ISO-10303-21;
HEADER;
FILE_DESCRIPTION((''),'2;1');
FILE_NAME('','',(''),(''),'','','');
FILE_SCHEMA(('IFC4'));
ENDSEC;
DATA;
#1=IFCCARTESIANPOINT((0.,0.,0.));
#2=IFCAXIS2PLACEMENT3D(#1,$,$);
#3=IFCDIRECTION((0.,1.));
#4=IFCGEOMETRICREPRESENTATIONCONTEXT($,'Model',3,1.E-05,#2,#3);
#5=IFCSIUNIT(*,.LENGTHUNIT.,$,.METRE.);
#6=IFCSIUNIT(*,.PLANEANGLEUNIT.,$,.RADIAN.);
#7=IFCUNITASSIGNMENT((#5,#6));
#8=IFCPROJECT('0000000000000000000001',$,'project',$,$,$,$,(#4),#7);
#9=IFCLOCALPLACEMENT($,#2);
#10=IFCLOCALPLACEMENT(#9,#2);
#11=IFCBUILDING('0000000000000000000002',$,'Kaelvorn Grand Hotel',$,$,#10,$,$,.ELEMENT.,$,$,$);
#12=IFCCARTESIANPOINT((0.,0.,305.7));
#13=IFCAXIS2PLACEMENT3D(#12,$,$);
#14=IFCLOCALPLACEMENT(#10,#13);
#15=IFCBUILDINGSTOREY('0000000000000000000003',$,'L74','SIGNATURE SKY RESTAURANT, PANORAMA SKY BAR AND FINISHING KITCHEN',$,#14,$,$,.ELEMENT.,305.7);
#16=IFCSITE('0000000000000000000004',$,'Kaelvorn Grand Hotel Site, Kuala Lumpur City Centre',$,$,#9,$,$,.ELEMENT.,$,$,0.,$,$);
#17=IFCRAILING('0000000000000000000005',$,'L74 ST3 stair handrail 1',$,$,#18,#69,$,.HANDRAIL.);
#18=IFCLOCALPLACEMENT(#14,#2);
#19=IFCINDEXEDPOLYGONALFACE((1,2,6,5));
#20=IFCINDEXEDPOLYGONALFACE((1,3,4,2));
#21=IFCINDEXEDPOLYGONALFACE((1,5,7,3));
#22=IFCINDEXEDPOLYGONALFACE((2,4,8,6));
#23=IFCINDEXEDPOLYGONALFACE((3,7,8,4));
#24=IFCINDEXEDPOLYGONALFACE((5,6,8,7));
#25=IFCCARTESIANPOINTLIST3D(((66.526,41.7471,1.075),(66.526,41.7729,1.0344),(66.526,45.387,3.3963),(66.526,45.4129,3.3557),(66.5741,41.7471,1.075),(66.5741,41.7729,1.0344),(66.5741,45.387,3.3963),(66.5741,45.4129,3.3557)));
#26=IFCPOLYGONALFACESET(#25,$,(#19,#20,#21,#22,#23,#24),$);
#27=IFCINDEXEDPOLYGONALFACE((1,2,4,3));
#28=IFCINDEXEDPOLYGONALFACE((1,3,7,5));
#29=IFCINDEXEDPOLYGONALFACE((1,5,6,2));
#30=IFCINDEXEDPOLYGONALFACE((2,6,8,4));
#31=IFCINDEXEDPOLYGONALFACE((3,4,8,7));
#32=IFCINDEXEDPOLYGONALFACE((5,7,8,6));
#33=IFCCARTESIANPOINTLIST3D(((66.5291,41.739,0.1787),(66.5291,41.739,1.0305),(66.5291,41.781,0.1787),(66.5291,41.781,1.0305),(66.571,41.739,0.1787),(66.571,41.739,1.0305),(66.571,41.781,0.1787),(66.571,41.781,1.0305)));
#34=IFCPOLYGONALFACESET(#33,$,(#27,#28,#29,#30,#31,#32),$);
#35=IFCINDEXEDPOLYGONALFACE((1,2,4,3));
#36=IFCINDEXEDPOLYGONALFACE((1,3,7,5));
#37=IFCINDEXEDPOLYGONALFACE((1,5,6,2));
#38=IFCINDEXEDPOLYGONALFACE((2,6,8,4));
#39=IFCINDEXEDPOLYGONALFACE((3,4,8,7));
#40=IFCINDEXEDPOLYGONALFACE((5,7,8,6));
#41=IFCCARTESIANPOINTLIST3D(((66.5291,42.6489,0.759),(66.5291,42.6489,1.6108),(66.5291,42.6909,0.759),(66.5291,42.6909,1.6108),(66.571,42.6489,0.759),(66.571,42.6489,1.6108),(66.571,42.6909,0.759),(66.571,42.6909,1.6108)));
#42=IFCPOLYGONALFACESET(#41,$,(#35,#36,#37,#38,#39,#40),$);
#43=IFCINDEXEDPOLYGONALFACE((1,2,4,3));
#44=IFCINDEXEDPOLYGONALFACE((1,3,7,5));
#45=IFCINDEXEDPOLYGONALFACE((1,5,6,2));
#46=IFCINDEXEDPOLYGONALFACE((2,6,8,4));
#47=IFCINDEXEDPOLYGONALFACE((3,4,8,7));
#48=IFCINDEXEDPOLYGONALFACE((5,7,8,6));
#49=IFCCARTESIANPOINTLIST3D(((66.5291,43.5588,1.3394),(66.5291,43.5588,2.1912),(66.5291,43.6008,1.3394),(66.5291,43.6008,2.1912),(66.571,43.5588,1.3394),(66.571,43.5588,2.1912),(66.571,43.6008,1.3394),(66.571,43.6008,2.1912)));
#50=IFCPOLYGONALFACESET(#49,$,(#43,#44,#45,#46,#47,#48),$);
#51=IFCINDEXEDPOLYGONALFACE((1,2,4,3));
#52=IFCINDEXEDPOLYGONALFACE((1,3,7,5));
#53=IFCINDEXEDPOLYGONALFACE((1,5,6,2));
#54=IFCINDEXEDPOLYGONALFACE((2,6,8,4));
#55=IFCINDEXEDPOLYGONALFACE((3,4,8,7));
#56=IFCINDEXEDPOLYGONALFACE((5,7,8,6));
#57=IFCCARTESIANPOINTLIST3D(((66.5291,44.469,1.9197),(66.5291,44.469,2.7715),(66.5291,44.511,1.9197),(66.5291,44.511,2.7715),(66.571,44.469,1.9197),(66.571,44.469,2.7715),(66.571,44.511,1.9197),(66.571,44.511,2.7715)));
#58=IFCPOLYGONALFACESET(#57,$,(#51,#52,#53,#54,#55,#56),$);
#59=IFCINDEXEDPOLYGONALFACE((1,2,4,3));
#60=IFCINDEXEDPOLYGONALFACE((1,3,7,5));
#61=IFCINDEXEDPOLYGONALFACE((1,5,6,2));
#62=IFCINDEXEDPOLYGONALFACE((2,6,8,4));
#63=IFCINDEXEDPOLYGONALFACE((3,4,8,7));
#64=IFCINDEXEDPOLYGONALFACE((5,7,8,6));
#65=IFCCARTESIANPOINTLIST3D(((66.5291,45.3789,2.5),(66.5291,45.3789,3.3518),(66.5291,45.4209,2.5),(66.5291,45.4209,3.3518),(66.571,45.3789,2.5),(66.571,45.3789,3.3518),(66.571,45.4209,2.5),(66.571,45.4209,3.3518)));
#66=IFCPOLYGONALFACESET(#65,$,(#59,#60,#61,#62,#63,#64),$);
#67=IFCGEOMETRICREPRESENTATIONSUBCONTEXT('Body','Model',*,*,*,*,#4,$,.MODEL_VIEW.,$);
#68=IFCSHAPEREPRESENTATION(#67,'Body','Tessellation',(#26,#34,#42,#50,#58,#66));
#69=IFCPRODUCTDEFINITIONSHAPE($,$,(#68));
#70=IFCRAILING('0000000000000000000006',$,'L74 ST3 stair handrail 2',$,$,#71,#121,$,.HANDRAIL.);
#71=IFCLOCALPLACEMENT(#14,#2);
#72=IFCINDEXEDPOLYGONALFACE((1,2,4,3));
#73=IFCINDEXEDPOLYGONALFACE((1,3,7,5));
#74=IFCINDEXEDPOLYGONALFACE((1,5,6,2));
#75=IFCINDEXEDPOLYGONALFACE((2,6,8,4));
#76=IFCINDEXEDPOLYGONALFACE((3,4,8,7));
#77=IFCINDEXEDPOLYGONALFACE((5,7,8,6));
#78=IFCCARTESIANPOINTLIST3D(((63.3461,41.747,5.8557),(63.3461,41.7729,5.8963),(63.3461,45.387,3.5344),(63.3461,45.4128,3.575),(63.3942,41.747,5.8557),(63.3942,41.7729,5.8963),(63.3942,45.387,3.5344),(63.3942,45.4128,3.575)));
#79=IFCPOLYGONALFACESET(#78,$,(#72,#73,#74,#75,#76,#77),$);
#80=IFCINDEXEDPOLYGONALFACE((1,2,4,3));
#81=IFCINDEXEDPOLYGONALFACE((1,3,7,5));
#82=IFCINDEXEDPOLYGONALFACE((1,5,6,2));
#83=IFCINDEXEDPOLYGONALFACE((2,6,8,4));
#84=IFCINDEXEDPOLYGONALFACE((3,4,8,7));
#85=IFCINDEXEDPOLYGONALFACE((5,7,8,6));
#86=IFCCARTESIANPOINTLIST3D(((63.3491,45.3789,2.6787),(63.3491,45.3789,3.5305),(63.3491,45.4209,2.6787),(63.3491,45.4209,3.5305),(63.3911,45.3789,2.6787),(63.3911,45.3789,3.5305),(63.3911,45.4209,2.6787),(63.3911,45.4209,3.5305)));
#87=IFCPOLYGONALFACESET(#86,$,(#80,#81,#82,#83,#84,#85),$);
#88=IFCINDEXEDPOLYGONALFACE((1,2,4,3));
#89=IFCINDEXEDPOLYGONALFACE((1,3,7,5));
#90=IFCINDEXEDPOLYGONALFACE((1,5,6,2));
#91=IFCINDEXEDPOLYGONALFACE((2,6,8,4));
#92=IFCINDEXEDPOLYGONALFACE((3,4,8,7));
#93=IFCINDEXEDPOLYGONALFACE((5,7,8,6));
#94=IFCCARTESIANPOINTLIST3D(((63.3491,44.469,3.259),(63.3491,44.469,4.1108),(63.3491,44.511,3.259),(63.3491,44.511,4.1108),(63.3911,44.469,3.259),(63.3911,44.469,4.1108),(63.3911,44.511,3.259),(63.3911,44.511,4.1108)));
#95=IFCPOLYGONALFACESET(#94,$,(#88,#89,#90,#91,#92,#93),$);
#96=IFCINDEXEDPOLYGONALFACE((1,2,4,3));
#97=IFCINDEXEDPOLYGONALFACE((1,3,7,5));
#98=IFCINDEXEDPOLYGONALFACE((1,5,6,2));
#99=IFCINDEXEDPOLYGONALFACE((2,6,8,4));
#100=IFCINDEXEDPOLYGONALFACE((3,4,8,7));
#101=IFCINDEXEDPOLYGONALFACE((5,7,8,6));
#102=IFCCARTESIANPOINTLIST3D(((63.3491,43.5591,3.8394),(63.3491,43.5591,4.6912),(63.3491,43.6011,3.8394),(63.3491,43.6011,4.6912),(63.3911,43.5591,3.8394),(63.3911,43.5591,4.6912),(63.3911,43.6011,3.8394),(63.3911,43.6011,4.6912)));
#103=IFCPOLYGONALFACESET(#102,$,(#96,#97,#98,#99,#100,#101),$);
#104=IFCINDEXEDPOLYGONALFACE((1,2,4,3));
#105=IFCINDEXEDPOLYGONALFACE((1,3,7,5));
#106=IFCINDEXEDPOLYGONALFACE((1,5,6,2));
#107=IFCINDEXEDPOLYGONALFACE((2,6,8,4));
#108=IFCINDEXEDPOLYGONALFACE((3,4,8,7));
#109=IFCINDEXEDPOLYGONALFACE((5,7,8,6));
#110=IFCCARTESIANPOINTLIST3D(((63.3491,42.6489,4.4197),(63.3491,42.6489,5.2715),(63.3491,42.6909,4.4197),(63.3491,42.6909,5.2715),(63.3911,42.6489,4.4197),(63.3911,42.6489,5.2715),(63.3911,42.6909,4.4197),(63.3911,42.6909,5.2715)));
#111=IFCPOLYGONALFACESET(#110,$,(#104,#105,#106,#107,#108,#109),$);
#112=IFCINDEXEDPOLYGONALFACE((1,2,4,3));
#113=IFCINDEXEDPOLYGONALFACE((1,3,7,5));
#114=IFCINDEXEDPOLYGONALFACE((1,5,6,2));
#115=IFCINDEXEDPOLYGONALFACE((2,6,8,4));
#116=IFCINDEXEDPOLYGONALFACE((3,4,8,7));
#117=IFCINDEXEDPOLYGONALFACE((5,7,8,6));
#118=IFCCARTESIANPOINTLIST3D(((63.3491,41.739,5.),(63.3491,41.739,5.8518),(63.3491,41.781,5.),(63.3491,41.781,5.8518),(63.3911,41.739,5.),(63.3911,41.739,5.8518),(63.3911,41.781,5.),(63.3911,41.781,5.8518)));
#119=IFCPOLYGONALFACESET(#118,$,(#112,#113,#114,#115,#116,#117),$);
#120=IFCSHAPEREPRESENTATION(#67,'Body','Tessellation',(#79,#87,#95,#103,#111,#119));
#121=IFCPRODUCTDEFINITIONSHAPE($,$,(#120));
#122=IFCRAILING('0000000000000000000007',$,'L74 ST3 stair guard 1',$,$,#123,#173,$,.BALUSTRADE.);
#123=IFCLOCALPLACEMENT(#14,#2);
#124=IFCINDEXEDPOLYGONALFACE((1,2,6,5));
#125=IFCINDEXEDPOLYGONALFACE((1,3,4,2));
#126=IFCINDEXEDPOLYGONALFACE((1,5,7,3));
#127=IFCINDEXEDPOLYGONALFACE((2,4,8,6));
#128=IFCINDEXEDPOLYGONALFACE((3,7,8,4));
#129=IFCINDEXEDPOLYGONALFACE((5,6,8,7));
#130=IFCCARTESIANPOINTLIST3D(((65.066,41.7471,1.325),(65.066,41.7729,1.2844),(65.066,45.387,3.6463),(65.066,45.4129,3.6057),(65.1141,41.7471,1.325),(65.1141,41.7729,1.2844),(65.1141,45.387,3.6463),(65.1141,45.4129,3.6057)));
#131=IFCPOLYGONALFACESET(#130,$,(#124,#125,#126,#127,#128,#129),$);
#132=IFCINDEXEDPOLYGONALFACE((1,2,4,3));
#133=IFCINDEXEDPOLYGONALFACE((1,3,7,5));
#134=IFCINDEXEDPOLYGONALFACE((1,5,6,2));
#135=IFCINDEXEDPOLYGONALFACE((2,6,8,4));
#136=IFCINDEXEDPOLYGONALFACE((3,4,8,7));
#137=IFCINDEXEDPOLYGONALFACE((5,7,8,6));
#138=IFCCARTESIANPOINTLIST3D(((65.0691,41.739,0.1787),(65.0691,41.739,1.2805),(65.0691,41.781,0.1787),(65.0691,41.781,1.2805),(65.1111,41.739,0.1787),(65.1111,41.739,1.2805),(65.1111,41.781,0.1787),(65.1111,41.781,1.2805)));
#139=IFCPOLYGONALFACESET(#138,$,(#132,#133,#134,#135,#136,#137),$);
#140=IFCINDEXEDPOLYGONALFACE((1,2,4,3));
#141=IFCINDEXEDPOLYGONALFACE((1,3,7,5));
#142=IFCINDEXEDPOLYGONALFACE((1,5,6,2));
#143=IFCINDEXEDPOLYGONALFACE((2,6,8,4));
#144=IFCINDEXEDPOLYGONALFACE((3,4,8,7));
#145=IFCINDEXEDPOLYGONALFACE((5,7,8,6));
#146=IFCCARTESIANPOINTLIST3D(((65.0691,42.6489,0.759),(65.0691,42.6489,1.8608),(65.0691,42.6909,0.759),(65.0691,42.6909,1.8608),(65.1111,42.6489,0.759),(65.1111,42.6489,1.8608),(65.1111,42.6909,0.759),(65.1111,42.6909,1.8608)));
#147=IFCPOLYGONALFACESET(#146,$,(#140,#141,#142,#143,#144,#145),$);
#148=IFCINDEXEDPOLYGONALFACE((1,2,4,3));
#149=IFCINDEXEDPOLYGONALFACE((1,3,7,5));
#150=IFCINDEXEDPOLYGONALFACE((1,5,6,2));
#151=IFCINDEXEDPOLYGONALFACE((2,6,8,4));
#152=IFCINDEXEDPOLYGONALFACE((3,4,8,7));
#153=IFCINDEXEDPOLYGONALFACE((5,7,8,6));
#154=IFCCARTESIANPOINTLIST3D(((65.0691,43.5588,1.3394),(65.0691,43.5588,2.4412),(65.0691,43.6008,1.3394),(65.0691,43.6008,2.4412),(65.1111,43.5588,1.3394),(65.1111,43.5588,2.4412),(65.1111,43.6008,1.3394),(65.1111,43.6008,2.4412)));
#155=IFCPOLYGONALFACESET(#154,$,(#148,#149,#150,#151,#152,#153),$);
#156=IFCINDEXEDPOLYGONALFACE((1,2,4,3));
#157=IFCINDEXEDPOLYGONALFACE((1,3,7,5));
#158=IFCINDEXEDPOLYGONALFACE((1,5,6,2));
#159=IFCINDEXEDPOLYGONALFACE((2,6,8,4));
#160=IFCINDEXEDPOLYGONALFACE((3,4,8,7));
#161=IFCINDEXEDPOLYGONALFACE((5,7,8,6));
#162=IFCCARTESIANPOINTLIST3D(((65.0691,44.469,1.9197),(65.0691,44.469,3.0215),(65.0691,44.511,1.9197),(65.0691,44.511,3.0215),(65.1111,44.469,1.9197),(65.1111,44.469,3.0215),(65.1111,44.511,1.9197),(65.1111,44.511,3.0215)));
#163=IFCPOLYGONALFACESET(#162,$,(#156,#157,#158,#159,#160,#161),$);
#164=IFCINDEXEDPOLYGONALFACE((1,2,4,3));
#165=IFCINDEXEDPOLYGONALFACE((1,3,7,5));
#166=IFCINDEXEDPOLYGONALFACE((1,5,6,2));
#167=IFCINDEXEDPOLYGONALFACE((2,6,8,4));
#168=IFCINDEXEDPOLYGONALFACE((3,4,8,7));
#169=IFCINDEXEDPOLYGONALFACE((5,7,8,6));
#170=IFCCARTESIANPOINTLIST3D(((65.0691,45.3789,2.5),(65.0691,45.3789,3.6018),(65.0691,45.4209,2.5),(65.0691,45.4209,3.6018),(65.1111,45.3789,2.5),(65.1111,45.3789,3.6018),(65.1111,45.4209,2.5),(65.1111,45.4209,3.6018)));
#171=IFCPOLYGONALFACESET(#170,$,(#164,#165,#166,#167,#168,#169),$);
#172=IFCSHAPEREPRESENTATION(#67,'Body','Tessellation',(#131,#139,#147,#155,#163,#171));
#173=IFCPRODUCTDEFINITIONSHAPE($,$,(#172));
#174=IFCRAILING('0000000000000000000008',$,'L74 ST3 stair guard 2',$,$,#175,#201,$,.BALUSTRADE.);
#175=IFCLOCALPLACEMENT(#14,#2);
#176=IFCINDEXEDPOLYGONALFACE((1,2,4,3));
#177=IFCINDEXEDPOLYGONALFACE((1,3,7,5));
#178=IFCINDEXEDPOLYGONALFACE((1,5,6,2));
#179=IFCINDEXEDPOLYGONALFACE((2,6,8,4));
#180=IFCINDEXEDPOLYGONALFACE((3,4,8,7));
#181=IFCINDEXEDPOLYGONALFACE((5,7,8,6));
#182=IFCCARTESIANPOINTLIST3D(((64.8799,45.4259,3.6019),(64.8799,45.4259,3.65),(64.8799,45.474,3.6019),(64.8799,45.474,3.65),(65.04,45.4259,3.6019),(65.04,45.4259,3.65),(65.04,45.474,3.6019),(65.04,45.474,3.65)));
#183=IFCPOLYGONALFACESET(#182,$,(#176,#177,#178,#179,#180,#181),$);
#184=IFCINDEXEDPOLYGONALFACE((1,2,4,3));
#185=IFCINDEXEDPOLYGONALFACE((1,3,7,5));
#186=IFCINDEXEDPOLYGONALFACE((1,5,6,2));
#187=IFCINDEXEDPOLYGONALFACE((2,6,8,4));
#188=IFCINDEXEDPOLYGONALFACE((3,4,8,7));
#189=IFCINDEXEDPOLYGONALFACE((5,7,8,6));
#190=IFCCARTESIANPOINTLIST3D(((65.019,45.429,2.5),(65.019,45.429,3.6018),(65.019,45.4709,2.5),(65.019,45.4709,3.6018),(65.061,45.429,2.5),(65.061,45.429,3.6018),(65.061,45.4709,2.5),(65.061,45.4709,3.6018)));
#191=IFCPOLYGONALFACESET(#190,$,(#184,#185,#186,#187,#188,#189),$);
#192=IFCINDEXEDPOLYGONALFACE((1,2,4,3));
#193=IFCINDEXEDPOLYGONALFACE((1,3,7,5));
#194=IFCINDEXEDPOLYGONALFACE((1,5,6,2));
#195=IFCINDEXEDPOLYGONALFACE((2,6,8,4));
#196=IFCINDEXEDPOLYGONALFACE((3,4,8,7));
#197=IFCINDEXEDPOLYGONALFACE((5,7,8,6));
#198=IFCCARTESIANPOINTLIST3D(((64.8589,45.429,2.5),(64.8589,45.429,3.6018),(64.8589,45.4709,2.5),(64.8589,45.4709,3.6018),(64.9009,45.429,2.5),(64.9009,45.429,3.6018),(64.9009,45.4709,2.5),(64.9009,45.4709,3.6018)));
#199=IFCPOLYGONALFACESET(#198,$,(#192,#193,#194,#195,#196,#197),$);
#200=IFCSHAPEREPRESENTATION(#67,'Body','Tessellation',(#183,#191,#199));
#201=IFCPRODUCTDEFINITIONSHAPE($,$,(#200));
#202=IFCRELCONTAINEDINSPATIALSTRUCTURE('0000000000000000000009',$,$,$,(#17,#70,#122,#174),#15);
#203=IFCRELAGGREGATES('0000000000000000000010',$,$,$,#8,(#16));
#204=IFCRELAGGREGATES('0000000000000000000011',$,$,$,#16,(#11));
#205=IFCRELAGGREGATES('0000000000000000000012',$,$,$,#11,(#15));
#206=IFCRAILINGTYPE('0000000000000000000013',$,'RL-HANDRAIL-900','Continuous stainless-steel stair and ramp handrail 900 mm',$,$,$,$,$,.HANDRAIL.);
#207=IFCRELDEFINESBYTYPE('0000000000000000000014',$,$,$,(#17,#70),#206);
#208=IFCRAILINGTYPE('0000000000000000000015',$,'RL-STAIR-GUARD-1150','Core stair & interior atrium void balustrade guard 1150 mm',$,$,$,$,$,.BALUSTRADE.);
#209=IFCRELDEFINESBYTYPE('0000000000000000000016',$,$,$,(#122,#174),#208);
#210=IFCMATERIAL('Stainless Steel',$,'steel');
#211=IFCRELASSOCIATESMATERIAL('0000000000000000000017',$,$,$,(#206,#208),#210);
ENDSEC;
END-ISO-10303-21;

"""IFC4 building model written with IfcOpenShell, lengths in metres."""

from ifc_helpers import new_model, si_unit, direction, frame, origin, origin_2d, place, context, subcontext, project, spatial, rectangle, extrude, material, type_object, element, save


model = new_model("IFC4")

# Units and contexts
model_context = context("Model", 3, precision=1e-05, world=origin(), true_north=direction((0.0, 1.0)))
body_context = subcontext(model_context, "Body", "Model", "MODEL_VIEW")
ifc_project = project(units=[si_unit("LENGTHUNIT", "METRE"), si_unit("PLANEANGLEUNIT", "RADIAN")], contexts=[model_context])

# Site, building, storey
site_placement = place(None, origin())
site = spatial("IfcSite", under=ifc_project, at=site_placement, Name="Kaelvorn Grand Hotel Site, Kuala Lumpur City Centre", CompositionType="ELEMENT", RefElevation=0.0)
building_placement = place(site_placement, origin())
building = spatial("IfcBuilding", under=site, at=building_placement, Name="Kaelvorn Grand Hotel", CompositionType="ELEMENT")
storey_placement = place(building_placement, frame((0.0, 0.0, 305.7)))
storey = spatial("IfcBuildingStorey", under=building, at=storey_placement, Name="L74", Description="SIGNATURE SKY RESTAURANT, PANORAMA SKY BAR AND FINISHING KITCHEN", CompositionType="ELEMENT", Elevation=305.7)

# Shared definitions
ifc_material_1 = material(Name="Stainless Steel", Category="steel")

# Railings
railing_type_1 = type_object("IfcRailingType", Name="RL-HANDRAIL-900", Description="Continuous stainless-steel stair and ramp handrail 900 mm", PredefinedType="HANDRAIL", material=ifc_material_1)
railing_1_placement = place(storey_placement, frame((66.55, 41.76, 0.1787)))
element("IfcRailing", 1, at=railing_1_placement, inside=storey, type_object=railing_type_1, Name="L74 ST3 stair handrail 1", PredefinedType="HANDRAIL", context=body_context, shape_type="SweptSolid", body=[
    extrude(rectangle(XDim=0.0481, YDim=0.0481, at=origin_2d()), frame((0.0, 0.0, 0.876), z_axis=(0.0, 0.843137, 0.537699), x_axis=(-1.0, 0.0, 0.0)), (0.0, 0.0, 1.0), 4.3171),
    extrude(rectangle(XDim=0.042, YDim=0.042, at=origin_2d()), origin(), (0.0, 0.0, 1.0), 0.8518),
    extrude(rectangle(XDim=0.042, YDim=0.042, at=origin_2d()), frame((0.0, 0.9099, 0.5803)), (0.0, 0.0, 1.0), 0.8518),
    extrude(rectangle(XDim=0.042, YDim=0.042, at=origin_2d()), frame((0.0, 1.8198, 1.1606)), (0.0, 0.0, 1.0), 0.8518),
    extrude(rectangle(XDim=0.042, YDim=0.042, at=origin_2d()), frame((0.0, 2.73, 1.741)), (0.0, 0.0, 1.0), 0.8518),
    extrude(rectangle(XDim=0.042, YDim=0.042, at=origin_2d()), frame((0.0, 3.6399, 2.3213)), (0.0, 0.0, 1.0), 0.8518),
])
railing_2_placement = place(storey_placement, frame((63.3701, 45.3999, 2.6787)))
element("IfcRailing", 2, at=railing_2_placement, inside=storey, type_object=railing_type_1, Name="L74 ST3 stair handrail 2", PredefinedType="HANDRAIL", context=body_context, shape_type="SweptSolid", body=[
    extrude(rectangle(XDim=0.0481, YDim=0.0481, at=origin_2d()), frame((0.0, 0.0, 0.876), z_axis=(0.0, -0.843137, 0.537699), x_axis=(1.0, 0.0, 0.0)), (0.0, 0.0, 1.0), 4.3171),
    extrude(rectangle(XDim=0.042, YDim=0.042, at=origin_2d()), origin(), (0.0, 0.0, 1.0), 0.8518),
    extrude(rectangle(XDim=0.042, YDim=0.042, at=origin_2d()), frame((0.0, -0.9099, 0.5803)), (0.0, 0.0, 1.0), 0.8518),
    extrude(rectangle(XDim=0.042, YDim=0.042, at=origin_2d()), frame((0.0, -1.8198, 1.1606)), (0.0, 0.0, 1.0), 0.8518),
    extrude(rectangle(XDim=0.042, YDim=0.042, at=origin_2d()), frame((0.0, -2.73, 1.741)), (0.0, 0.0, 1.0), 0.8518),
    extrude(rectangle(XDim=0.042, YDim=0.042, at=origin_2d()), frame((0.0, -3.6399, 2.3213)), (0.0, 0.0, 1.0), 0.8518),
])
railing_type_2 = type_object("IfcRailingType", Name="RL-STAIR-GUARD-1150", Description="Core stair & interior atrium void balustrade guard 1150 mm", PredefinedType="BALUSTRADE", material=ifc_material_1)
railing_3_placement = place(storey_placement, frame((65.0901, 41.76, 0.1787)))
element("IfcRailing", 3, at=railing_3_placement, inside=storey, type_object=railing_type_2, Name="L74 ST3 stair guard 1", PredefinedType="BALUSTRADE", context=body_context, shape_type="SweptSolid", body=[
    extrude(rectangle(XDim=0.0481, YDim=0.0481, at=origin_2d()), frame((0.0, 0.0, 1.126), z_axis=(0.0, 0.843137, 0.537699), x_axis=(-1.0, 0.0, 0.0)), (0.0, 0.0, 1.0), 4.3171),
    extrude(rectangle(XDim=0.042, YDim=0.042, at=origin_2d()), origin(), (0.0, 0.0, 1.0), 1.1018),
    extrude(rectangle(XDim=0.042, YDim=0.042, at=origin_2d()), frame((0.0, 0.9099, 0.5803)), (0.0, 0.0, 1.0), 1.1018),
    extrude(rectangle(XDim=0.042, YDim=0.042, at=origin_2d()), frame((0.0, 1.8198, 1.1606)), (0.0, 0.0, 1.0), 1.1018),
    extrude(rectangle(XDim=0.042, YDim=0.042, at=origin_2d()), frame((0.0, 2.73, 1.741)), (0.0, 0.0, 1.0), 1.1018),
    extrude(rectangle(XDim=0.042, YDim=0.042, at=origin_2d()), frame((0.0, 3.6399, 2.3213)), (0.0, 0.0, 1.0), 1.1018),
])
railing_4_placement = place(storey_placement, frame((65.04, 45.45, 2.5)))
element("IfcRailing", 4, at=railing_4_placement, inside=storey, type_object=railing_type_2, Name="L74 ST3 stair guard 2", PredefinedType="BALUSTRADE", context=body_context, shape_type="SweptSolid", body=[
    extrude(rectangle(XDim=0.0481, YDim=0.0481, at=origin_2d()), frame((0.0, 0.0, 1.126), z_axis=(-1.0, 0.0, 0.0), x_axis=(0.0, -1.0, 0.0)), (0.0, 0.0, 1.0), 0.1602),
    extrude(rectangle(XDim=0.042, YDim=0.042, at=origin_2d()), origin(), (0.0, 0.0, 1.0), 1.1018),
    extrude(rectangle(XDim=0.042, YDim=0.042, at=origin_2d()), frame((-0.1602, 0.0, 0.0)), (0.0, 0.0, 1.0), 1.1018),
])

save(model, "model.ifc")
